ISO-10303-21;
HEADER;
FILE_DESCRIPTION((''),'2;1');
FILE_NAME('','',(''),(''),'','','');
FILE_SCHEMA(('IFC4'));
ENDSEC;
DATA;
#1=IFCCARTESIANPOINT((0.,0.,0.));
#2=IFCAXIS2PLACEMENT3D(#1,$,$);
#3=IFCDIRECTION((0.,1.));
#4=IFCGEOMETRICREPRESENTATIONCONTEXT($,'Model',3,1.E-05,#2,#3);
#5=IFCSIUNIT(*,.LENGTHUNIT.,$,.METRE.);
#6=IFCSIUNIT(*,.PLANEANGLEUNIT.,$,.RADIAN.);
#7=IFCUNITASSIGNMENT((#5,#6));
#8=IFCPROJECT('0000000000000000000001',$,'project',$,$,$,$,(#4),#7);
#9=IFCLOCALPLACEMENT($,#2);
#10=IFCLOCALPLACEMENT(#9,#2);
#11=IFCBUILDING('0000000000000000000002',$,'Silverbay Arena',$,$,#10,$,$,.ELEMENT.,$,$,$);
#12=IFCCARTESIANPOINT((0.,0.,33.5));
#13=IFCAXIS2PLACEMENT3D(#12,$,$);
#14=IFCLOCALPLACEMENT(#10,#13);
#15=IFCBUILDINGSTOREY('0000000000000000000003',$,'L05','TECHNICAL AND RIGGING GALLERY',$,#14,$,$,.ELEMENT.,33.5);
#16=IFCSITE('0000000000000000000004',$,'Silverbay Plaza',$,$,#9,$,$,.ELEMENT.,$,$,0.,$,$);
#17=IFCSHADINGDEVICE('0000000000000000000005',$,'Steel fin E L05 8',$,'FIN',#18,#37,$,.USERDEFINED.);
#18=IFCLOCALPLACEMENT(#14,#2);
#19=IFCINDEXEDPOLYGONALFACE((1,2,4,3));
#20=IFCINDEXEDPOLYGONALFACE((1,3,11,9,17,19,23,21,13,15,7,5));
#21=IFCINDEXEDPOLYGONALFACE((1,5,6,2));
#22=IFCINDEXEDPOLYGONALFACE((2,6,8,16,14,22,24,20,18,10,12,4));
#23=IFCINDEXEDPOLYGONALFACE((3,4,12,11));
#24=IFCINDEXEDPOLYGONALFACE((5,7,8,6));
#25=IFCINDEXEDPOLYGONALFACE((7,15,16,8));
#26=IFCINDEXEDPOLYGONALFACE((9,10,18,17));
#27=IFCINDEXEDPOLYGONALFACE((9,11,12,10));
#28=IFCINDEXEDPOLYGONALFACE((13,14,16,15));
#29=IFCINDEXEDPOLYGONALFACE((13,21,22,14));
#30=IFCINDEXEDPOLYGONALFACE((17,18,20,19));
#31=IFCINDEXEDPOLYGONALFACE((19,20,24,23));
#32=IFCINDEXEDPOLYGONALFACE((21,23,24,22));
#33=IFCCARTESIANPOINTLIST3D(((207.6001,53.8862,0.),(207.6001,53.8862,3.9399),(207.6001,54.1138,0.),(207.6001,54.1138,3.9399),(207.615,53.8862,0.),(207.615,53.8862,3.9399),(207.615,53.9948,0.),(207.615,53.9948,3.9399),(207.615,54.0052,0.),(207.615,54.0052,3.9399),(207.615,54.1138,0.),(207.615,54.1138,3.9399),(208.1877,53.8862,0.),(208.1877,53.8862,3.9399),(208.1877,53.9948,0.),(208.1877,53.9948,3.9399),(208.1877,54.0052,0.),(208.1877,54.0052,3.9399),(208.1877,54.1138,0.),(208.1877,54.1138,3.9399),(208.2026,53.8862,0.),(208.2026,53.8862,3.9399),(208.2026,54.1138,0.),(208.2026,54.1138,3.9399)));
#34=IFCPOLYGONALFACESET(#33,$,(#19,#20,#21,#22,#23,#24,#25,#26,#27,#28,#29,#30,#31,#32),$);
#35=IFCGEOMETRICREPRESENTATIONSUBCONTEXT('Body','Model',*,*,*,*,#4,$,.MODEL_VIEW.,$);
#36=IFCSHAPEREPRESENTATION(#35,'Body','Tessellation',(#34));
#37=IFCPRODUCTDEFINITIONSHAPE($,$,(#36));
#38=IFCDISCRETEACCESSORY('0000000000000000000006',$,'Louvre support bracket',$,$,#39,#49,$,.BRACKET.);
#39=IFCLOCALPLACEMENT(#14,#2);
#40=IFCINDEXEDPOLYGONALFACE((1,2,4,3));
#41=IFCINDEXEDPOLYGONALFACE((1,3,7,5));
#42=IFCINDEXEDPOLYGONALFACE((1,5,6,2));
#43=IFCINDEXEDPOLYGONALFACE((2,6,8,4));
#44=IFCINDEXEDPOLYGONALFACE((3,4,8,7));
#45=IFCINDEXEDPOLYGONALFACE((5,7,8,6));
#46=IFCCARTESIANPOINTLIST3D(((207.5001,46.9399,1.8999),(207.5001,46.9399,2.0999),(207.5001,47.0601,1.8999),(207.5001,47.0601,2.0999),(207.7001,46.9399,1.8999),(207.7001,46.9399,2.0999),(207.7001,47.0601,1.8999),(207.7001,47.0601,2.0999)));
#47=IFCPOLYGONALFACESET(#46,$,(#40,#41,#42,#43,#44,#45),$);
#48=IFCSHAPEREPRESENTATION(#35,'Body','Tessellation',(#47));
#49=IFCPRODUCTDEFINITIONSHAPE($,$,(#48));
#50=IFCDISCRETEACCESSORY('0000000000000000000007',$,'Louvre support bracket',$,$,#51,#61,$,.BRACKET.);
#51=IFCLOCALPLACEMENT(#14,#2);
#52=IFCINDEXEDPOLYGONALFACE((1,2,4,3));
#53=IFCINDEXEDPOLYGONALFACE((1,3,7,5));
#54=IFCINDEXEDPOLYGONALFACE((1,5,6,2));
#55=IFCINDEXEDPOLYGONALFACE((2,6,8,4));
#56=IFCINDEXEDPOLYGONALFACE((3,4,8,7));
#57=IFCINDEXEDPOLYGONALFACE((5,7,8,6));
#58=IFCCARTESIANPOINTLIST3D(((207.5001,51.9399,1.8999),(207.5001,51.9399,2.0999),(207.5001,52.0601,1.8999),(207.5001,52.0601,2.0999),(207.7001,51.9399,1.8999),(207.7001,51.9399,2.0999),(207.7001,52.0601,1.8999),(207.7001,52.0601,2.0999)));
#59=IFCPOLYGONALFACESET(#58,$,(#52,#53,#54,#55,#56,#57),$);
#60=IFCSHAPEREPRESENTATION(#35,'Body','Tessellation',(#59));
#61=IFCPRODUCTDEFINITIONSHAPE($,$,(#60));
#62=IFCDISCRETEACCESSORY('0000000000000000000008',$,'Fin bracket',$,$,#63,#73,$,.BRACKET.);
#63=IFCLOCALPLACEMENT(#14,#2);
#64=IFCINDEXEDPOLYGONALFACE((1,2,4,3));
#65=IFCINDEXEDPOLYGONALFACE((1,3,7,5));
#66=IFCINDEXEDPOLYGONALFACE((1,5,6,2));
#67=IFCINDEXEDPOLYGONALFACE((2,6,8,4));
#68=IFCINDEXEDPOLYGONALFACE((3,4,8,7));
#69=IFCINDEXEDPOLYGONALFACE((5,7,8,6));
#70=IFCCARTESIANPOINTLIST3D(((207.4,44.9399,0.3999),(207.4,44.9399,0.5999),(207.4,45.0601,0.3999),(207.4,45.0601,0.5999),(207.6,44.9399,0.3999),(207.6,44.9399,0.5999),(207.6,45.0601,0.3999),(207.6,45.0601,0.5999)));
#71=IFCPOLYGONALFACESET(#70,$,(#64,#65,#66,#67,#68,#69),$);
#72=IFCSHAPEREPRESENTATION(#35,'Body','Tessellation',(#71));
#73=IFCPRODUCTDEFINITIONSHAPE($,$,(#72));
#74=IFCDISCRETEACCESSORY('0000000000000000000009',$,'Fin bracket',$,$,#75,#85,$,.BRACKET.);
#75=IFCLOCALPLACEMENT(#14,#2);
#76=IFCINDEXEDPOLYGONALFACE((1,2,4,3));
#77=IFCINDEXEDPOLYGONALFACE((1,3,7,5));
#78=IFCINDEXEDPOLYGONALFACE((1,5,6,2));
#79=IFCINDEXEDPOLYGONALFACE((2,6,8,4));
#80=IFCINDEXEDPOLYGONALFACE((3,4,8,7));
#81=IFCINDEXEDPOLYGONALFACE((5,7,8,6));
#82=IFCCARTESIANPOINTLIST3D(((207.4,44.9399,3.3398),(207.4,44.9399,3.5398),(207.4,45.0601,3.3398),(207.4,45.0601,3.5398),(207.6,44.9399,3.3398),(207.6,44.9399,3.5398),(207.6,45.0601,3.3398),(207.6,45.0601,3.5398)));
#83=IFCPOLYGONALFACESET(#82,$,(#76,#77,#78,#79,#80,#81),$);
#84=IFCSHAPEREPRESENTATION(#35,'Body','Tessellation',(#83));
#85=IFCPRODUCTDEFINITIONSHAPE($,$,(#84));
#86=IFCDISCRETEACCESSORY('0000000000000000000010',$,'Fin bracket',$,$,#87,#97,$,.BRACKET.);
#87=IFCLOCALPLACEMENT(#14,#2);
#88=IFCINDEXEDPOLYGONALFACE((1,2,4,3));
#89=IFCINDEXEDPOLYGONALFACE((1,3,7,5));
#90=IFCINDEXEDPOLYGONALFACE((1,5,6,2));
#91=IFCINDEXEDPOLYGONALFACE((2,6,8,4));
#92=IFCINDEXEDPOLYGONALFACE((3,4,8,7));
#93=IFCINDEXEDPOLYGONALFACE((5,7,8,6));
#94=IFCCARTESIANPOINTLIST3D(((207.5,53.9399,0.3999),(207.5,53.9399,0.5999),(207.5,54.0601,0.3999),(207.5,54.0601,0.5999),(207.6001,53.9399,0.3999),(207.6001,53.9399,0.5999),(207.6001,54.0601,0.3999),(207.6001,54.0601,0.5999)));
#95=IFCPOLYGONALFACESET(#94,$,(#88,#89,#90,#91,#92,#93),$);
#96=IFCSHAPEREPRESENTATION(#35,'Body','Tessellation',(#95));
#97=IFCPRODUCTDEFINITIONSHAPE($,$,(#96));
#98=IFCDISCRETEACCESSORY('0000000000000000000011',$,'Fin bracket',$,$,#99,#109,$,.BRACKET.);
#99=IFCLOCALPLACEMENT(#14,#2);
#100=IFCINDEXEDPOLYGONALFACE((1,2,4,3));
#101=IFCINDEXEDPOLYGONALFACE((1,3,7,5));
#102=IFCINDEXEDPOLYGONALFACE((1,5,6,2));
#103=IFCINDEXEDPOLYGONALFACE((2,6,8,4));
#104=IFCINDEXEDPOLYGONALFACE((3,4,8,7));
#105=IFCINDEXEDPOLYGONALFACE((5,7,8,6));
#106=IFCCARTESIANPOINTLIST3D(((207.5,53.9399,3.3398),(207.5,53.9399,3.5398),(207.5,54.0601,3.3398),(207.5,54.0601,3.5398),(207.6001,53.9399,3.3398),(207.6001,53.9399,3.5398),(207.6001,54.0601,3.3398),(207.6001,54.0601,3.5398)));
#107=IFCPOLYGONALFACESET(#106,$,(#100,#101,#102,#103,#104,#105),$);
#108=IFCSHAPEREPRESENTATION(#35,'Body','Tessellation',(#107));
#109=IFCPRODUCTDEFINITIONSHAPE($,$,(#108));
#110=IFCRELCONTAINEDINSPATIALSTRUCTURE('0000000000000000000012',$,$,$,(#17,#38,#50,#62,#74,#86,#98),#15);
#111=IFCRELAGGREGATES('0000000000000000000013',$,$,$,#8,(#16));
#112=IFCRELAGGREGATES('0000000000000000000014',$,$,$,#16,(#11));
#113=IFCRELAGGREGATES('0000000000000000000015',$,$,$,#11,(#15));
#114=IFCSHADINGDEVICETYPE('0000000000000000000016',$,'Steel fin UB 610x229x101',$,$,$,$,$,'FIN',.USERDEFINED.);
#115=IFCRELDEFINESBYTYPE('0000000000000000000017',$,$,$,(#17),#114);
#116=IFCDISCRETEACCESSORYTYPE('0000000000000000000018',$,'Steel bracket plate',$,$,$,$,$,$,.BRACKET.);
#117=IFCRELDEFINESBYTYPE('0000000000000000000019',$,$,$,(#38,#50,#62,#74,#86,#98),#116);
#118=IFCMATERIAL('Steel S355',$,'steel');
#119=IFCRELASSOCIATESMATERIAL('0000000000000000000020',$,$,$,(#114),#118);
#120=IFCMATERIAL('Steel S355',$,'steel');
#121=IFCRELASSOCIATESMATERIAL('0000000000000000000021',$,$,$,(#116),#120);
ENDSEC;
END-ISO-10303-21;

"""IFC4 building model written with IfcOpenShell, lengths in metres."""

from ifc_helpers import new_model, si_unit, direction, frame, origin, origin_2d, place, context, subcontext, project, spatial, rectangle, i_section, extrude, material, material_profile, profile_set, type_object, element, save


model = new_model("IFC4")

# Units and contexts
model_context = context("Model", 3, precision=1e-05, world=origin(), true_north=direction((0.0, 1.0)))
body_context = subcontext(model_context, "Body", "Model", "MODEL_VIEW")
ifc_project = project(units=[si_unit("LENGTHUNIT", "METRE"), si_unit("PLANEANGLEUNIT", "RADIAN")], contexts=[model_context])

# Site, building, storey
site_placement = place(None, origin())
site = spatial("IfcSite", under=ifc_project, at=site_placement, Name="Silverbay Plaza", CompositionType="ELEMENT", RefElevation=0.0)
building_placement = place(site_placement, origin())
building = spatial("IfcBuilding", under=site, at=building_placement, Name="Silverbay Arena", CompositionType="ELEMENT")
storey_placement = place(building_placement, frame((0.0, 0.0, 33.5)))
storey = spatial("IfcBuildingStorey", under=building, at=storey_placement, Name="L05", Description="TECHNICAL AND RIGGING GALLERY", CompositionType="ELEMENT", Elevation=33.5)

# Shading device
ifc_material_1 = material(Name="Steel S355", Category="steel")
ifc_material_profile_1 = material_profile(ifc_material_1, i_section(OverallWidth=0.2275, OverallDepth=0.6025, WebThickness=0.0105, FlangeThickness=0.0149, at=origin_2d()), Name="UB 610x229x101")
ifc_profile_set_1 = profile_set([ifc_material_profile_1], Name="Steel S355")
shading_device_type_1 = type_object("IfcShadingDeviceType", Name="Steel fin UB 610x229x101", ElementType="FIN", PredefinedType="USERDEFINED", material=ifc_profile_set_1)
for number, where, z_axis, x_axis, name in (
    (1, (207.9014, 54.0, 0.0), (0.0, 0.0, 1.0), (0.0, 1.0, 0.0), "Steel fin E L05 8"),
):
    element("IfcShadingDevice", number, at=place(storey_placement, frame(where, z_axis=z_axis, x_axis=x_axis)), inside=storey, type_object=shading_device_type_1, Name=name, ObjectType="FIN", PredefinedType="USERDEFINED", context=body_context, shape_type="SweptSolid", body=[
        extrude(i_section(OverallWidth=0.2275, OverallDepth=0.6025, WebThickness=0.0105, FlangeThickness=0.0149, at=origin_2d()), origin(), (0.0, 0.0, 1.0), 3.9399),
    ])

# Discrete accessories
ifc_material_2 = material(Name="Steel S355", Category="steel")
discrete_accessory_type = type_object("IfcDiscreteAccessoryType", Name="Steel bracket plate", PredefinedType="BRACKET", material=ifc_material_2)
for number, where, z_axis, x_axis, name in (
    (2, (207.6001, 47.0, 1.8999), (0.0, 0.0, 1.0), (0.0, 1.0, 0.0), "Louvre support bracket"),
    (3, (207.6001, 52.0, 1.8999), (0.0, 0.0, 1.0), (0.0, 1.0, 0.0), "Louvre support bracket"),
):
    element("IfcDiscreteAccessory", number, at=place(storey_placement, frame(where, z_axis=z_axis, x_axis=x_axis)), inside=storey, type_object=discrete_accessory_type, Name=name, PredefinedType="BRACKET", context=body_context, shape_type="SweptSolid", body=[
        extrude(rectangle(XDim=0.1201, YDim=0.2, at=origin_2d()), origin(), (0.0, 0.0, 1.0), 0.2),
    ])
for number, where, z_axis, x_axis, name in (
    (4, (207.5, 45.0, 0.3999), (0.0, 0.0, 1.0), (1.0, 0.0, 0.0), "Fin bracket"),
    (5, (207.5, 45.0, 3.3398), (0.0, 0.0, 1.0), (1.0, 0.0, 0.0), "Fin bracket"),
):
    element("IfcDiscreteAccessory", number, at=place(storey_placement, frame(where, z_axis=z_axis, x_axis=x_axis)), inside=storey, type_object=discrete_accessory_type, Name=name, PredefinedType="BRACKET", context=body_context, shape_type="SweptSolid", body=[
        extrude(rectangle(XDim=0.2, YDim=0.1201, at=origin_2d()), origin(), (0.0, 0.0, 1.0), 0.2),
    ])
for number, where, z_axis, x_axis, name in (
    (6, (207.55, 54.0, 0.3999), (0.0, 0.0, 1.0), (1.0, 0.0, 0.0), "Fin bracket"),
    (7, (207.55, 54.0, 3.3398), (0.0, 0.0, 1.0), (1.0, 0.0, 0.0), "Fin bracket"),
):
    element("IfcDiscreteAccessory", number, at=place(storey_placement, frame(where, z_axis=z_axis, x_axis=x_axis)), inside=storey, type_object=discrete_accessory_type, Name=name, PredefinedType="BRACKET", context=body_context, shape_type="SweptSolid", body=[
        extrude(rectangle(XDim=0.1001, YDim=0.1201, at=origin_2d()), origin(), (0.0, 0.0, 1.0), 0.2),
    ])

save(model, "model.ifc")
